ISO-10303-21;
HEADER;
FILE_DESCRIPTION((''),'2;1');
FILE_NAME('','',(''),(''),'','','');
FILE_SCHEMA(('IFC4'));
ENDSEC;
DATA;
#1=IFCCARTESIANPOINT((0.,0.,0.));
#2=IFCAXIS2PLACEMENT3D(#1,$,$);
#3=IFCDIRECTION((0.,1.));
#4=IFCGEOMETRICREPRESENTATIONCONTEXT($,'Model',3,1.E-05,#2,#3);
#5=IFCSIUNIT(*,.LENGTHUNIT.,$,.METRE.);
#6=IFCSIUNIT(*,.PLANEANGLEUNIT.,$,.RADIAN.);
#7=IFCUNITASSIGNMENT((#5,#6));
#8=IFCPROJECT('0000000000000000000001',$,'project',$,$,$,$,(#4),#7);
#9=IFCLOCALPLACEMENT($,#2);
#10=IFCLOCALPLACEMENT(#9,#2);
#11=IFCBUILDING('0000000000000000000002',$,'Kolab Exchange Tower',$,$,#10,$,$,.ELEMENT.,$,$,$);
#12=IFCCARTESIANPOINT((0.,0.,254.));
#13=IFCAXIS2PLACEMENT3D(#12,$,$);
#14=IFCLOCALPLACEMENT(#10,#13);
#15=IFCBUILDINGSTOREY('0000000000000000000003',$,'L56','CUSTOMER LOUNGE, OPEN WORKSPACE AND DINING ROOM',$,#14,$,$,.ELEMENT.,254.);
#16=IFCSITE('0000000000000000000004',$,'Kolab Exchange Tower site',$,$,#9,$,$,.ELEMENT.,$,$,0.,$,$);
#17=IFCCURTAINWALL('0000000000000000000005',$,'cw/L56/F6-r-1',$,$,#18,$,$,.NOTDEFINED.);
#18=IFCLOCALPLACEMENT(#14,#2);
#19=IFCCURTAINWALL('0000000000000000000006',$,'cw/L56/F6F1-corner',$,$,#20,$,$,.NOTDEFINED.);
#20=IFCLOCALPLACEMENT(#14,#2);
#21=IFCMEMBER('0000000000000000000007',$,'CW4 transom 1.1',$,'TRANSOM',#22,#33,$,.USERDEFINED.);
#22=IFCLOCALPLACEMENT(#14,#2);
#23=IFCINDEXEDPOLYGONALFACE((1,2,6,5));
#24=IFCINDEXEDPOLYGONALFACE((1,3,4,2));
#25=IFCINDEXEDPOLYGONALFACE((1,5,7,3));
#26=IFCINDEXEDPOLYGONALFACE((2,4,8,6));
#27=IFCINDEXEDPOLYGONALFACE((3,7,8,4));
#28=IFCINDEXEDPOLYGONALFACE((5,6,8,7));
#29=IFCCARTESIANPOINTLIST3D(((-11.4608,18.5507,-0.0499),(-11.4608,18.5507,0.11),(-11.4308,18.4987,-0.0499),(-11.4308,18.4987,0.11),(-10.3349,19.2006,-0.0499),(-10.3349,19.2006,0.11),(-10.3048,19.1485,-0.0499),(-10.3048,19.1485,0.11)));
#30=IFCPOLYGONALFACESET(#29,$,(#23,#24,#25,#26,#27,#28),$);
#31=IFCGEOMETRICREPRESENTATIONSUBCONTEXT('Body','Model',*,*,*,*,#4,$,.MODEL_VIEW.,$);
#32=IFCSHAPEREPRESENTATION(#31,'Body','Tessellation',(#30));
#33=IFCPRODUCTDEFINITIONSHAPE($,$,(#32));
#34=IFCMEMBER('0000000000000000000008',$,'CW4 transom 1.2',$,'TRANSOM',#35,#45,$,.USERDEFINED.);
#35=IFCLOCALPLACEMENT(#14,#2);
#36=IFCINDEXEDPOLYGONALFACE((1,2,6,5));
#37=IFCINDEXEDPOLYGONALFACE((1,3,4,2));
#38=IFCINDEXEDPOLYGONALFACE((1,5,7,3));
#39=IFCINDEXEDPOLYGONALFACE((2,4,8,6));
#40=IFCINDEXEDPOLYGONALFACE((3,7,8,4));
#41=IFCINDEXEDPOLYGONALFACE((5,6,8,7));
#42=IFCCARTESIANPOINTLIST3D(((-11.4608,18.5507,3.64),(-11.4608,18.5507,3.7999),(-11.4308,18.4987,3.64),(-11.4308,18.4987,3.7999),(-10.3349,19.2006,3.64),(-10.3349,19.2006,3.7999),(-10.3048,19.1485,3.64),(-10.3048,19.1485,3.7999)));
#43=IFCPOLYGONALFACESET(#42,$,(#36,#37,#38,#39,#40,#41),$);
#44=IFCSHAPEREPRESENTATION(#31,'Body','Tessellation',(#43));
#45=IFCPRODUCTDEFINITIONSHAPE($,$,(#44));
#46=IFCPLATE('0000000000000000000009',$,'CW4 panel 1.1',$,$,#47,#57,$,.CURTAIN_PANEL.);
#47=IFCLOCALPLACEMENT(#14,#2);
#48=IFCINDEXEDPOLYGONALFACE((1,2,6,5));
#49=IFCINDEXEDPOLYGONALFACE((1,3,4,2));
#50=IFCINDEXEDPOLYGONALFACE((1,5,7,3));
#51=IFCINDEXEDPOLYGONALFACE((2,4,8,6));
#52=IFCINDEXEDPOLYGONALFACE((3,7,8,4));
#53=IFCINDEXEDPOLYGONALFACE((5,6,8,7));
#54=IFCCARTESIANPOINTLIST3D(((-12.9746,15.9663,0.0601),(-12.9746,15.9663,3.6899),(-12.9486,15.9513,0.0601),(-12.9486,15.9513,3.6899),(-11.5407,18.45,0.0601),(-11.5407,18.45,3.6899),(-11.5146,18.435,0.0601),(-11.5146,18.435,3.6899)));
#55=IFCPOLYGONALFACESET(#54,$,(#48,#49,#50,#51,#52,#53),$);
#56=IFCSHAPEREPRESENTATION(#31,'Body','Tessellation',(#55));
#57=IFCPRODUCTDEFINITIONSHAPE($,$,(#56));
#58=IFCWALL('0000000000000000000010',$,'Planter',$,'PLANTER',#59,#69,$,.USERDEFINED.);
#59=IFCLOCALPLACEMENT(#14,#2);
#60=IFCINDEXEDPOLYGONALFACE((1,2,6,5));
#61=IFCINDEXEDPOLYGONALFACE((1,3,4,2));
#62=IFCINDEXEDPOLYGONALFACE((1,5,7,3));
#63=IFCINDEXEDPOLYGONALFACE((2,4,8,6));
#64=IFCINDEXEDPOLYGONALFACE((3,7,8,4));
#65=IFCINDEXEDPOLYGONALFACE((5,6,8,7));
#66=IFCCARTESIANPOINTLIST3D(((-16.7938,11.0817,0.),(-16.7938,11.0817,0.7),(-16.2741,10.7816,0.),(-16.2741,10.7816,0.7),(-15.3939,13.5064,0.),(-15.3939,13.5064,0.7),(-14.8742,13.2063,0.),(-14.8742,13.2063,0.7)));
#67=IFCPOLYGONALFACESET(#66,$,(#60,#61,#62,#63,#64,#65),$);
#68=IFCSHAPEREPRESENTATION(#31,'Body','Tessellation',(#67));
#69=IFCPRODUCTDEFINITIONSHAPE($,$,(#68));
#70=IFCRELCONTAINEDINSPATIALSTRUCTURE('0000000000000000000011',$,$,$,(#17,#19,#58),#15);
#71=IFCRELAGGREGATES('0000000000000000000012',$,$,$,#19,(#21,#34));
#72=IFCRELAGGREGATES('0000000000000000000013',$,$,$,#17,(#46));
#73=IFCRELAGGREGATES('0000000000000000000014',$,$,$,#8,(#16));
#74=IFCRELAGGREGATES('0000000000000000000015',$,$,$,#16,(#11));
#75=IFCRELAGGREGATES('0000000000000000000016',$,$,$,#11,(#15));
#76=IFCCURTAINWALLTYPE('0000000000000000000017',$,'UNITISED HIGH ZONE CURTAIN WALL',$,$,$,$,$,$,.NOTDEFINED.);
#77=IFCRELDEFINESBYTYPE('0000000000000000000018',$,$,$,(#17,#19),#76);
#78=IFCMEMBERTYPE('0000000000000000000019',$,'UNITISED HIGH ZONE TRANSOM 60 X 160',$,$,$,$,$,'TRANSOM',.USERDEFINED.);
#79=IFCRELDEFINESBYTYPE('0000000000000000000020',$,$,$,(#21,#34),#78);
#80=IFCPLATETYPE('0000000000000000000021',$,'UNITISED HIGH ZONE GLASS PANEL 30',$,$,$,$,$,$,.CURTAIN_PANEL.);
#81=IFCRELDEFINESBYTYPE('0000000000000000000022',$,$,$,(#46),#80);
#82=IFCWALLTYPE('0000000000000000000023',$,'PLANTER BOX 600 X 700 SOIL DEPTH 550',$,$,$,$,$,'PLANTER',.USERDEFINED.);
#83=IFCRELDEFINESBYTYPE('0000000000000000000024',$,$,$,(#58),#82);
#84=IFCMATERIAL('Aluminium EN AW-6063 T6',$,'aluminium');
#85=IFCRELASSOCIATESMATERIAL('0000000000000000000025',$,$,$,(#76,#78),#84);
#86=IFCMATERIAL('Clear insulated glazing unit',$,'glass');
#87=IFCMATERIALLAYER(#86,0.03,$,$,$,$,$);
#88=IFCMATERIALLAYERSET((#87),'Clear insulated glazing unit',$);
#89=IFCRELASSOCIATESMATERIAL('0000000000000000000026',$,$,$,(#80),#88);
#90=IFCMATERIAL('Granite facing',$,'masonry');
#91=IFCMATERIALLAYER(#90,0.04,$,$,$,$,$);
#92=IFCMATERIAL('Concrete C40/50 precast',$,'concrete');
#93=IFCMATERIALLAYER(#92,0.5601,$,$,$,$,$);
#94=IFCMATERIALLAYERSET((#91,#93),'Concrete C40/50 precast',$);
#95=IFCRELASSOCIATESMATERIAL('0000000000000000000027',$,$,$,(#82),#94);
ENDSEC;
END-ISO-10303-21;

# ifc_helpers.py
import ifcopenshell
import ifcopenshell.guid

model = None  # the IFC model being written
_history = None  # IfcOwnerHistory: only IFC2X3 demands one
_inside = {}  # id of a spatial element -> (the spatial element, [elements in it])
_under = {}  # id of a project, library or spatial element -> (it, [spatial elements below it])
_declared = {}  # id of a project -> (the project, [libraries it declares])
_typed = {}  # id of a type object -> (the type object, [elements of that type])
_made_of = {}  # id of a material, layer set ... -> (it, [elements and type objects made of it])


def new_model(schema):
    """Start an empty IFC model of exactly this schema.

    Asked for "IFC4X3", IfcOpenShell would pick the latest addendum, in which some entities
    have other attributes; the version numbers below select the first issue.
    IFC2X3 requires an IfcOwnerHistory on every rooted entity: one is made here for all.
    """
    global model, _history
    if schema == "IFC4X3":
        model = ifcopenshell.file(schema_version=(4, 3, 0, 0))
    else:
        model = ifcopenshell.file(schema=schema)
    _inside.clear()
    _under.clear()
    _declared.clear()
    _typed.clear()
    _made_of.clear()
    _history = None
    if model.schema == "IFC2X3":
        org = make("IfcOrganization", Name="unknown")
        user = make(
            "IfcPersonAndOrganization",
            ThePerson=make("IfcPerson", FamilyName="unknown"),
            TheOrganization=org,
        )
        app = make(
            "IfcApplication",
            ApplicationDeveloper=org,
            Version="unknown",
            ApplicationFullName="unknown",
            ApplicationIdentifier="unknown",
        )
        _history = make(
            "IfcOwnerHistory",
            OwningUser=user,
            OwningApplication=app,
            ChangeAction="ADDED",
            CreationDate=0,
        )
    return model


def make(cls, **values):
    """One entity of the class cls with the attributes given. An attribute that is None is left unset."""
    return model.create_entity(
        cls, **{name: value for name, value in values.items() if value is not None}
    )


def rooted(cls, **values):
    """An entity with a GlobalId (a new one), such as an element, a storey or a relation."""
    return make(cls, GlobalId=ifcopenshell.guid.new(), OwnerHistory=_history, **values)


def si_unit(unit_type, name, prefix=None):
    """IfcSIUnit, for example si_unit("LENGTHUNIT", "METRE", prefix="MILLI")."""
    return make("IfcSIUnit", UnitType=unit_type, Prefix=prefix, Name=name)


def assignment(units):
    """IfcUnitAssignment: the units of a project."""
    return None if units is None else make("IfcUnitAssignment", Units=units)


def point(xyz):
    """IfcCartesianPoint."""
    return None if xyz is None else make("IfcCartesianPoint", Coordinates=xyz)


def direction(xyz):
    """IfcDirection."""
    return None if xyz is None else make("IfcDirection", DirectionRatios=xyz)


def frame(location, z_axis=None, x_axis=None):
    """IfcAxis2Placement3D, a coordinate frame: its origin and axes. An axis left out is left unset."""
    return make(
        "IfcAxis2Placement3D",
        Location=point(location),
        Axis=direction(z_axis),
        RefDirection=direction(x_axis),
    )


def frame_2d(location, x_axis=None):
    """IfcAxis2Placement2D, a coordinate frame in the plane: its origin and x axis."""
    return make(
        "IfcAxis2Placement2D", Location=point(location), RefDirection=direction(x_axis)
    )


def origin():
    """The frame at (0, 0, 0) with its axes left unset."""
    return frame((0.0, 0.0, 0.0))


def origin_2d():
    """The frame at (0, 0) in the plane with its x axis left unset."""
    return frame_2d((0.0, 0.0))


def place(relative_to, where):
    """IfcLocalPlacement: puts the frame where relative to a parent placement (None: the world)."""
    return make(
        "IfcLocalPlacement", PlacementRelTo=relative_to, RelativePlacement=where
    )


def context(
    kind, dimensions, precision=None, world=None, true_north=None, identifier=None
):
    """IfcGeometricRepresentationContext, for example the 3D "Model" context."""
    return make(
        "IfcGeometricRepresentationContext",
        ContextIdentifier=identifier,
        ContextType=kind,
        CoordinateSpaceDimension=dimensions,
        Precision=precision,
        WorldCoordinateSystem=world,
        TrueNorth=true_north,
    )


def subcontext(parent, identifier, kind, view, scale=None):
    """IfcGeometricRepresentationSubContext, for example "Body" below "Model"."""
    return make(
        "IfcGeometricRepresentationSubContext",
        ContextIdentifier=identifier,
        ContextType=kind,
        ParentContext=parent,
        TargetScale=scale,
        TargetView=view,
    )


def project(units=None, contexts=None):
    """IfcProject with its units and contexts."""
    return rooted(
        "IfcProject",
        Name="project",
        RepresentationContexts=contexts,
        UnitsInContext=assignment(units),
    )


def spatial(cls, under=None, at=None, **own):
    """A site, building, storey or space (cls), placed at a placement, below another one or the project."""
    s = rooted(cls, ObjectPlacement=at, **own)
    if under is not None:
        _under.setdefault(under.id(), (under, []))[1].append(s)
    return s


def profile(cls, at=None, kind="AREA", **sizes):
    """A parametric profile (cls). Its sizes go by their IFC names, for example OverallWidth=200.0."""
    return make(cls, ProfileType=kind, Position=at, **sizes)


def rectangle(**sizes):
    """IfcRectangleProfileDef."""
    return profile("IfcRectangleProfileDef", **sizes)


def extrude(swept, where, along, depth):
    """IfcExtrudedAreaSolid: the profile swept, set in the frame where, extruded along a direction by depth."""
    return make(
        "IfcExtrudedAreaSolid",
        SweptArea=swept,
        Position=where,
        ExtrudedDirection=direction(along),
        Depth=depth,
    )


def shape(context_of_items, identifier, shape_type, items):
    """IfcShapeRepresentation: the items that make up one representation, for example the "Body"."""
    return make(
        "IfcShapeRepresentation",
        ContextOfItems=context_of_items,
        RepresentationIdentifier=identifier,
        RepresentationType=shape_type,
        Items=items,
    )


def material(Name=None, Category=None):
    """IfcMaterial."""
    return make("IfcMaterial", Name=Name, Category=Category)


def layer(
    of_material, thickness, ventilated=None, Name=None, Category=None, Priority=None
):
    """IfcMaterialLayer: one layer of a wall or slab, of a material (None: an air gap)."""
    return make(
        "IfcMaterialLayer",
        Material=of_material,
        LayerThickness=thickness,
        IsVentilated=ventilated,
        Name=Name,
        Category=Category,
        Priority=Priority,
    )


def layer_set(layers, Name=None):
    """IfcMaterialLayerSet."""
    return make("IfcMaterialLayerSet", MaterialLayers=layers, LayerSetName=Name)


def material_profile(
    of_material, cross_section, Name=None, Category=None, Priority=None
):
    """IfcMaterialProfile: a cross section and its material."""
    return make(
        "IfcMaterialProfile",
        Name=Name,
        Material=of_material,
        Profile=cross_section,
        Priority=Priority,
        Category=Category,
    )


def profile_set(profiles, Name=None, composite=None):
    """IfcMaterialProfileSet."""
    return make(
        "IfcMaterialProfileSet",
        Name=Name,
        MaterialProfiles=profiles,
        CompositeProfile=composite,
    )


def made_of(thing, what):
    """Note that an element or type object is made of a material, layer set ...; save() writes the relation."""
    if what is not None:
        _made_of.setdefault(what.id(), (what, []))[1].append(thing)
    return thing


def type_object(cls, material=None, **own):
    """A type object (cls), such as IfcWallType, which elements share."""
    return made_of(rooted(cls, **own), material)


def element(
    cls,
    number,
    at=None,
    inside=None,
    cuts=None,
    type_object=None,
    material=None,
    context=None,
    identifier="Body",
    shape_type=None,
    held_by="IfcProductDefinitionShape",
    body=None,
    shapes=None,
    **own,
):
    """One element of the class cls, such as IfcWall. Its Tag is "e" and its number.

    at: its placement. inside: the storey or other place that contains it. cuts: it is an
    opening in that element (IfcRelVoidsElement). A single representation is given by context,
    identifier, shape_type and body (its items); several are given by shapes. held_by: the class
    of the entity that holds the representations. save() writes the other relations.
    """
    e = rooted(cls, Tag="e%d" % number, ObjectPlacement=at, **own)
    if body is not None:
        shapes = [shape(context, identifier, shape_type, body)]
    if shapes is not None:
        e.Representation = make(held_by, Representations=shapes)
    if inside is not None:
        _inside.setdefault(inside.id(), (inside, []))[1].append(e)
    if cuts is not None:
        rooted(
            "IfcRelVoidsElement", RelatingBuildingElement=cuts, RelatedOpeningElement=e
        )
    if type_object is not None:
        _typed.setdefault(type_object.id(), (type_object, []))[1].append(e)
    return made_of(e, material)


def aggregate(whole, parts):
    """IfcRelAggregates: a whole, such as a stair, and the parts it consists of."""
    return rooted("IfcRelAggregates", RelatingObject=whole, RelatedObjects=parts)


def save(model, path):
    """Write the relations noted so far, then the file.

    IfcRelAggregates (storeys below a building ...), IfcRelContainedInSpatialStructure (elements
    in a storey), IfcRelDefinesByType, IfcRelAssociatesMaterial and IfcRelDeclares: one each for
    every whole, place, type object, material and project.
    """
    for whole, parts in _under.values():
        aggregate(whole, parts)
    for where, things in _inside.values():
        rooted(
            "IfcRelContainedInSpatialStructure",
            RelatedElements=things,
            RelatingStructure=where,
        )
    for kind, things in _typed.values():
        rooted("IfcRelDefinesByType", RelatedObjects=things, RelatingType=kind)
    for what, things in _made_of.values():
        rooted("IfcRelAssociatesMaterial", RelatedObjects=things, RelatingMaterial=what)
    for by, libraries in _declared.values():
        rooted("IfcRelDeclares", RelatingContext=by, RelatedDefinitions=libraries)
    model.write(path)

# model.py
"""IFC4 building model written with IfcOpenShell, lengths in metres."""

from ifc_helpers import new_model, si_unit, direction, frame, frame_2d, origin, origin_2d, place, context, subcontext, project, spatial, rectangle, extrude, material, layer, layer_set, material_profile, profile_set, type_object, element, aggregate, save


model = new_model("IFC4")

# Units and contexts
model_context = context("Model", 3, precision=1e-05, world=origin(), true_north=direction((0.0, 1.0)))
body_context = subcontext(model_context, "Body", "Model", "MODEL_VIEW")
ifc_project = project(units=[si_unit("LENGTHUNIT", "METRE"), si_unit("PLANEANGLEUNIT", "RADIAN")], contexts=[model_context])

# Site, building, storey
site_placement = place(None, origin())
site = spatial("IfcSite", under=ifc_project, at=site_placement, Name="Kolab Exchange Tower site", CompositionType="ELEMENT", RefElevation=0.0)
building_placement = place(site_placement, origin())
building = spatial("IfcBuilding", under=site, at=building_placement, Name="Kolab Exchange Tower", CompositionType="ELEMENT")
storey_placement = place(building_placement, frame((0.0, 0.0, 254.0)))
storey = spatial("IfcBuildingStorey", under=building, at=storey_placement, Name="L56", Description="CUSTOMER LOUNGE, OPEN WORKSPACE AND DINING ROOM", CompositionType="ELEMENT", Elevation=254.0)

# Shared definitions
ifc_material_1 = material(Name="Aluminium EN AW-6063 T6", Category="aluminium")
curtain_wall_type = type_object("IfcCurtainWallType", Name="UNITISED HIGH ZONE CURTAIN WALL", PredefinedType="NOTDEFINED", material=ifc_material_1)

# Curtain wall
curtain_wall_1_placement = place(storey_placement, origin())
curtain_wall_1 = element("IfcCurtainWall", 1, at=curtain_wall_1_placement, inside=storey, type_object=curtain_wall_type, Name="cw/L56/F6-r-1", PredefinedType="NOTDEFINED")

# Curtain wall
curtain_wall_2_placement = place(storey_placement, origin())
curtain_wall_2 = element("IfcCurtainWall", 2, at=curtain_wall_2_placement, inside=storey, type_object=curtain_wall_type, Name="cw/L56/F6F1-corner", PredefinedType="NOTDEFINED")

# Members
ifc_material_profile_1 = material_profile(ifc_material_1, rectangle(XDim=0.0601, YDim=0.1599, at=origin_2d()), Name="RECT 60X160")
ifc_profile_set_1 = profile_set([ifc_material_profile_1], Name="Aluminium EN AW-6063 T6")
member_type_1 = type_object("IfcMemberType", Name="UNITISED HIGH ZONE TRANSOM 60 X 160", ElementType="TRANSOM", PredefinedType="USERDEFINED", material=ifc_profile_set_1)
member_1_placement = place(storey_placement, frame((-11.4458, 18.5247, 0.03), z_axis=(0.866086, 0.499896, 0.0), x_axis=(-0.499896, 0.866086, 0.0)))
member_1 = element("IfcMember", 3, at=member_1_placement, type_object=member_type_1, Name="CW4 transom 1.1", ObjectType="TRANSOM", PredefinedType="USERDEFINED", context=body_context, shape_type="SweptSolid", body=[
    extrude(rectangle(XDim=0.0601, YDim=0.1599, at=origin_2d()), origin(), (0.0, 0.0, 1.0), 1.3),
])
member_2_placement = place(storey_placement, frame((-11.4458, 18.5247, 3.72), z_axis=(0.866086, 0.499896, 0.0), x_axis=(-0.499896, 0.866086, 0.0)))
member_2 = element("IfcMember", 4, at=member_2_placement, type_object=member_type_1, Name="CW4 transom 1.2", ObjectType="TRANSOM", PredefinedType="USERDEFINED", context=body_context, shape_type="SweptSolid", body=[
    extrude(rectangle(XDim=0.0601, YDim=0.1599, at=origin_2d()), origin(), (0.0, 0.0, 1.0), 1.3),
])
aggregate(curtain_wall_2, [member_1, member_2])

# Plate
ifc_material_2 = material(Name="Clear insulated glazing unit", Category="glass")
ifc_layer_1 = layer(ifc_material_2, 0.03)
ifc_layer_set_1 = layer_set([ifc_layer_1], Name="Clear insulated glazing unit")
plate_type = type_object("IfcPlateType", Name="UNITISED HIGH ZONE GLASS PANEL 30", PredefinedType="CURTAIN_PANEL", material=ifc_layer_set_1)
plate_placement = place(storey_placement, frame((-12.2446, 17.2007, 0.0601), z_axis=(0.0, 0.0, 1.0), x_axis=(0.5, 0.866025, 0.0)))
plate = element("IfcPlate", 5, at=plate_placement, type_object=plate_type, Name="CW4 panel 1.1", PredefinedType="CURTAIN_PANEL", context=body_context, shape_type="SweptSolid", body=[
    extrude(rectangle(XDim=2.8679, YDim=0.03, at=origin_2d()), origin(), (0.0, 0.0, 1.0), 3.6299),
])
aggregate(curtain_wall_1, [plate])

# Wall
ifc_material_3 = material(Name="Granite facing", Category="masonry")
ifc_layer_2 = layer(ifc_material_3, 0.04)
ifc_material_4 = material(Name="Concrete C40/50 precast", Category="concrete")
ifc_layer_3 = layer(ifc_material_4, 0.5601)
ifc_layer_set_2 = layer_set([ifc_layer_2, ifc_layer_3], Name="Concrete C40/50 precast")
wall_type = type_object("IfcWallType", Name="PLANTER BOX 600 X 700 SOIL DEPTH 550", ElementType="PLANTER", PredefinedType="USERDEFINED", material=ifc_layer_set_2)
wall_placement = place(storey_placement, frame((-16.5339, 10.9316, 0.0), z_axis=(0.0, 0.0, 1.0), x_axis=(0.499984, 0.866035, 0.0)))
element("IfcWall", 6, at=wall_placement, inside=storey, type_object=wall_type, Name="Planter", ObjectType="PLANTER", PredefinedType="USERDEFINED", context=body_context, shape_type="SweptSolid", body=[
    extrude(rectangle(XDim=2.7998, YDim=0.6001, at=frame_2d((1.3999, 0.0))), origin(), (0.0, 0.0, 1.0), 0.7),
])

save(model, "model.ifc")
